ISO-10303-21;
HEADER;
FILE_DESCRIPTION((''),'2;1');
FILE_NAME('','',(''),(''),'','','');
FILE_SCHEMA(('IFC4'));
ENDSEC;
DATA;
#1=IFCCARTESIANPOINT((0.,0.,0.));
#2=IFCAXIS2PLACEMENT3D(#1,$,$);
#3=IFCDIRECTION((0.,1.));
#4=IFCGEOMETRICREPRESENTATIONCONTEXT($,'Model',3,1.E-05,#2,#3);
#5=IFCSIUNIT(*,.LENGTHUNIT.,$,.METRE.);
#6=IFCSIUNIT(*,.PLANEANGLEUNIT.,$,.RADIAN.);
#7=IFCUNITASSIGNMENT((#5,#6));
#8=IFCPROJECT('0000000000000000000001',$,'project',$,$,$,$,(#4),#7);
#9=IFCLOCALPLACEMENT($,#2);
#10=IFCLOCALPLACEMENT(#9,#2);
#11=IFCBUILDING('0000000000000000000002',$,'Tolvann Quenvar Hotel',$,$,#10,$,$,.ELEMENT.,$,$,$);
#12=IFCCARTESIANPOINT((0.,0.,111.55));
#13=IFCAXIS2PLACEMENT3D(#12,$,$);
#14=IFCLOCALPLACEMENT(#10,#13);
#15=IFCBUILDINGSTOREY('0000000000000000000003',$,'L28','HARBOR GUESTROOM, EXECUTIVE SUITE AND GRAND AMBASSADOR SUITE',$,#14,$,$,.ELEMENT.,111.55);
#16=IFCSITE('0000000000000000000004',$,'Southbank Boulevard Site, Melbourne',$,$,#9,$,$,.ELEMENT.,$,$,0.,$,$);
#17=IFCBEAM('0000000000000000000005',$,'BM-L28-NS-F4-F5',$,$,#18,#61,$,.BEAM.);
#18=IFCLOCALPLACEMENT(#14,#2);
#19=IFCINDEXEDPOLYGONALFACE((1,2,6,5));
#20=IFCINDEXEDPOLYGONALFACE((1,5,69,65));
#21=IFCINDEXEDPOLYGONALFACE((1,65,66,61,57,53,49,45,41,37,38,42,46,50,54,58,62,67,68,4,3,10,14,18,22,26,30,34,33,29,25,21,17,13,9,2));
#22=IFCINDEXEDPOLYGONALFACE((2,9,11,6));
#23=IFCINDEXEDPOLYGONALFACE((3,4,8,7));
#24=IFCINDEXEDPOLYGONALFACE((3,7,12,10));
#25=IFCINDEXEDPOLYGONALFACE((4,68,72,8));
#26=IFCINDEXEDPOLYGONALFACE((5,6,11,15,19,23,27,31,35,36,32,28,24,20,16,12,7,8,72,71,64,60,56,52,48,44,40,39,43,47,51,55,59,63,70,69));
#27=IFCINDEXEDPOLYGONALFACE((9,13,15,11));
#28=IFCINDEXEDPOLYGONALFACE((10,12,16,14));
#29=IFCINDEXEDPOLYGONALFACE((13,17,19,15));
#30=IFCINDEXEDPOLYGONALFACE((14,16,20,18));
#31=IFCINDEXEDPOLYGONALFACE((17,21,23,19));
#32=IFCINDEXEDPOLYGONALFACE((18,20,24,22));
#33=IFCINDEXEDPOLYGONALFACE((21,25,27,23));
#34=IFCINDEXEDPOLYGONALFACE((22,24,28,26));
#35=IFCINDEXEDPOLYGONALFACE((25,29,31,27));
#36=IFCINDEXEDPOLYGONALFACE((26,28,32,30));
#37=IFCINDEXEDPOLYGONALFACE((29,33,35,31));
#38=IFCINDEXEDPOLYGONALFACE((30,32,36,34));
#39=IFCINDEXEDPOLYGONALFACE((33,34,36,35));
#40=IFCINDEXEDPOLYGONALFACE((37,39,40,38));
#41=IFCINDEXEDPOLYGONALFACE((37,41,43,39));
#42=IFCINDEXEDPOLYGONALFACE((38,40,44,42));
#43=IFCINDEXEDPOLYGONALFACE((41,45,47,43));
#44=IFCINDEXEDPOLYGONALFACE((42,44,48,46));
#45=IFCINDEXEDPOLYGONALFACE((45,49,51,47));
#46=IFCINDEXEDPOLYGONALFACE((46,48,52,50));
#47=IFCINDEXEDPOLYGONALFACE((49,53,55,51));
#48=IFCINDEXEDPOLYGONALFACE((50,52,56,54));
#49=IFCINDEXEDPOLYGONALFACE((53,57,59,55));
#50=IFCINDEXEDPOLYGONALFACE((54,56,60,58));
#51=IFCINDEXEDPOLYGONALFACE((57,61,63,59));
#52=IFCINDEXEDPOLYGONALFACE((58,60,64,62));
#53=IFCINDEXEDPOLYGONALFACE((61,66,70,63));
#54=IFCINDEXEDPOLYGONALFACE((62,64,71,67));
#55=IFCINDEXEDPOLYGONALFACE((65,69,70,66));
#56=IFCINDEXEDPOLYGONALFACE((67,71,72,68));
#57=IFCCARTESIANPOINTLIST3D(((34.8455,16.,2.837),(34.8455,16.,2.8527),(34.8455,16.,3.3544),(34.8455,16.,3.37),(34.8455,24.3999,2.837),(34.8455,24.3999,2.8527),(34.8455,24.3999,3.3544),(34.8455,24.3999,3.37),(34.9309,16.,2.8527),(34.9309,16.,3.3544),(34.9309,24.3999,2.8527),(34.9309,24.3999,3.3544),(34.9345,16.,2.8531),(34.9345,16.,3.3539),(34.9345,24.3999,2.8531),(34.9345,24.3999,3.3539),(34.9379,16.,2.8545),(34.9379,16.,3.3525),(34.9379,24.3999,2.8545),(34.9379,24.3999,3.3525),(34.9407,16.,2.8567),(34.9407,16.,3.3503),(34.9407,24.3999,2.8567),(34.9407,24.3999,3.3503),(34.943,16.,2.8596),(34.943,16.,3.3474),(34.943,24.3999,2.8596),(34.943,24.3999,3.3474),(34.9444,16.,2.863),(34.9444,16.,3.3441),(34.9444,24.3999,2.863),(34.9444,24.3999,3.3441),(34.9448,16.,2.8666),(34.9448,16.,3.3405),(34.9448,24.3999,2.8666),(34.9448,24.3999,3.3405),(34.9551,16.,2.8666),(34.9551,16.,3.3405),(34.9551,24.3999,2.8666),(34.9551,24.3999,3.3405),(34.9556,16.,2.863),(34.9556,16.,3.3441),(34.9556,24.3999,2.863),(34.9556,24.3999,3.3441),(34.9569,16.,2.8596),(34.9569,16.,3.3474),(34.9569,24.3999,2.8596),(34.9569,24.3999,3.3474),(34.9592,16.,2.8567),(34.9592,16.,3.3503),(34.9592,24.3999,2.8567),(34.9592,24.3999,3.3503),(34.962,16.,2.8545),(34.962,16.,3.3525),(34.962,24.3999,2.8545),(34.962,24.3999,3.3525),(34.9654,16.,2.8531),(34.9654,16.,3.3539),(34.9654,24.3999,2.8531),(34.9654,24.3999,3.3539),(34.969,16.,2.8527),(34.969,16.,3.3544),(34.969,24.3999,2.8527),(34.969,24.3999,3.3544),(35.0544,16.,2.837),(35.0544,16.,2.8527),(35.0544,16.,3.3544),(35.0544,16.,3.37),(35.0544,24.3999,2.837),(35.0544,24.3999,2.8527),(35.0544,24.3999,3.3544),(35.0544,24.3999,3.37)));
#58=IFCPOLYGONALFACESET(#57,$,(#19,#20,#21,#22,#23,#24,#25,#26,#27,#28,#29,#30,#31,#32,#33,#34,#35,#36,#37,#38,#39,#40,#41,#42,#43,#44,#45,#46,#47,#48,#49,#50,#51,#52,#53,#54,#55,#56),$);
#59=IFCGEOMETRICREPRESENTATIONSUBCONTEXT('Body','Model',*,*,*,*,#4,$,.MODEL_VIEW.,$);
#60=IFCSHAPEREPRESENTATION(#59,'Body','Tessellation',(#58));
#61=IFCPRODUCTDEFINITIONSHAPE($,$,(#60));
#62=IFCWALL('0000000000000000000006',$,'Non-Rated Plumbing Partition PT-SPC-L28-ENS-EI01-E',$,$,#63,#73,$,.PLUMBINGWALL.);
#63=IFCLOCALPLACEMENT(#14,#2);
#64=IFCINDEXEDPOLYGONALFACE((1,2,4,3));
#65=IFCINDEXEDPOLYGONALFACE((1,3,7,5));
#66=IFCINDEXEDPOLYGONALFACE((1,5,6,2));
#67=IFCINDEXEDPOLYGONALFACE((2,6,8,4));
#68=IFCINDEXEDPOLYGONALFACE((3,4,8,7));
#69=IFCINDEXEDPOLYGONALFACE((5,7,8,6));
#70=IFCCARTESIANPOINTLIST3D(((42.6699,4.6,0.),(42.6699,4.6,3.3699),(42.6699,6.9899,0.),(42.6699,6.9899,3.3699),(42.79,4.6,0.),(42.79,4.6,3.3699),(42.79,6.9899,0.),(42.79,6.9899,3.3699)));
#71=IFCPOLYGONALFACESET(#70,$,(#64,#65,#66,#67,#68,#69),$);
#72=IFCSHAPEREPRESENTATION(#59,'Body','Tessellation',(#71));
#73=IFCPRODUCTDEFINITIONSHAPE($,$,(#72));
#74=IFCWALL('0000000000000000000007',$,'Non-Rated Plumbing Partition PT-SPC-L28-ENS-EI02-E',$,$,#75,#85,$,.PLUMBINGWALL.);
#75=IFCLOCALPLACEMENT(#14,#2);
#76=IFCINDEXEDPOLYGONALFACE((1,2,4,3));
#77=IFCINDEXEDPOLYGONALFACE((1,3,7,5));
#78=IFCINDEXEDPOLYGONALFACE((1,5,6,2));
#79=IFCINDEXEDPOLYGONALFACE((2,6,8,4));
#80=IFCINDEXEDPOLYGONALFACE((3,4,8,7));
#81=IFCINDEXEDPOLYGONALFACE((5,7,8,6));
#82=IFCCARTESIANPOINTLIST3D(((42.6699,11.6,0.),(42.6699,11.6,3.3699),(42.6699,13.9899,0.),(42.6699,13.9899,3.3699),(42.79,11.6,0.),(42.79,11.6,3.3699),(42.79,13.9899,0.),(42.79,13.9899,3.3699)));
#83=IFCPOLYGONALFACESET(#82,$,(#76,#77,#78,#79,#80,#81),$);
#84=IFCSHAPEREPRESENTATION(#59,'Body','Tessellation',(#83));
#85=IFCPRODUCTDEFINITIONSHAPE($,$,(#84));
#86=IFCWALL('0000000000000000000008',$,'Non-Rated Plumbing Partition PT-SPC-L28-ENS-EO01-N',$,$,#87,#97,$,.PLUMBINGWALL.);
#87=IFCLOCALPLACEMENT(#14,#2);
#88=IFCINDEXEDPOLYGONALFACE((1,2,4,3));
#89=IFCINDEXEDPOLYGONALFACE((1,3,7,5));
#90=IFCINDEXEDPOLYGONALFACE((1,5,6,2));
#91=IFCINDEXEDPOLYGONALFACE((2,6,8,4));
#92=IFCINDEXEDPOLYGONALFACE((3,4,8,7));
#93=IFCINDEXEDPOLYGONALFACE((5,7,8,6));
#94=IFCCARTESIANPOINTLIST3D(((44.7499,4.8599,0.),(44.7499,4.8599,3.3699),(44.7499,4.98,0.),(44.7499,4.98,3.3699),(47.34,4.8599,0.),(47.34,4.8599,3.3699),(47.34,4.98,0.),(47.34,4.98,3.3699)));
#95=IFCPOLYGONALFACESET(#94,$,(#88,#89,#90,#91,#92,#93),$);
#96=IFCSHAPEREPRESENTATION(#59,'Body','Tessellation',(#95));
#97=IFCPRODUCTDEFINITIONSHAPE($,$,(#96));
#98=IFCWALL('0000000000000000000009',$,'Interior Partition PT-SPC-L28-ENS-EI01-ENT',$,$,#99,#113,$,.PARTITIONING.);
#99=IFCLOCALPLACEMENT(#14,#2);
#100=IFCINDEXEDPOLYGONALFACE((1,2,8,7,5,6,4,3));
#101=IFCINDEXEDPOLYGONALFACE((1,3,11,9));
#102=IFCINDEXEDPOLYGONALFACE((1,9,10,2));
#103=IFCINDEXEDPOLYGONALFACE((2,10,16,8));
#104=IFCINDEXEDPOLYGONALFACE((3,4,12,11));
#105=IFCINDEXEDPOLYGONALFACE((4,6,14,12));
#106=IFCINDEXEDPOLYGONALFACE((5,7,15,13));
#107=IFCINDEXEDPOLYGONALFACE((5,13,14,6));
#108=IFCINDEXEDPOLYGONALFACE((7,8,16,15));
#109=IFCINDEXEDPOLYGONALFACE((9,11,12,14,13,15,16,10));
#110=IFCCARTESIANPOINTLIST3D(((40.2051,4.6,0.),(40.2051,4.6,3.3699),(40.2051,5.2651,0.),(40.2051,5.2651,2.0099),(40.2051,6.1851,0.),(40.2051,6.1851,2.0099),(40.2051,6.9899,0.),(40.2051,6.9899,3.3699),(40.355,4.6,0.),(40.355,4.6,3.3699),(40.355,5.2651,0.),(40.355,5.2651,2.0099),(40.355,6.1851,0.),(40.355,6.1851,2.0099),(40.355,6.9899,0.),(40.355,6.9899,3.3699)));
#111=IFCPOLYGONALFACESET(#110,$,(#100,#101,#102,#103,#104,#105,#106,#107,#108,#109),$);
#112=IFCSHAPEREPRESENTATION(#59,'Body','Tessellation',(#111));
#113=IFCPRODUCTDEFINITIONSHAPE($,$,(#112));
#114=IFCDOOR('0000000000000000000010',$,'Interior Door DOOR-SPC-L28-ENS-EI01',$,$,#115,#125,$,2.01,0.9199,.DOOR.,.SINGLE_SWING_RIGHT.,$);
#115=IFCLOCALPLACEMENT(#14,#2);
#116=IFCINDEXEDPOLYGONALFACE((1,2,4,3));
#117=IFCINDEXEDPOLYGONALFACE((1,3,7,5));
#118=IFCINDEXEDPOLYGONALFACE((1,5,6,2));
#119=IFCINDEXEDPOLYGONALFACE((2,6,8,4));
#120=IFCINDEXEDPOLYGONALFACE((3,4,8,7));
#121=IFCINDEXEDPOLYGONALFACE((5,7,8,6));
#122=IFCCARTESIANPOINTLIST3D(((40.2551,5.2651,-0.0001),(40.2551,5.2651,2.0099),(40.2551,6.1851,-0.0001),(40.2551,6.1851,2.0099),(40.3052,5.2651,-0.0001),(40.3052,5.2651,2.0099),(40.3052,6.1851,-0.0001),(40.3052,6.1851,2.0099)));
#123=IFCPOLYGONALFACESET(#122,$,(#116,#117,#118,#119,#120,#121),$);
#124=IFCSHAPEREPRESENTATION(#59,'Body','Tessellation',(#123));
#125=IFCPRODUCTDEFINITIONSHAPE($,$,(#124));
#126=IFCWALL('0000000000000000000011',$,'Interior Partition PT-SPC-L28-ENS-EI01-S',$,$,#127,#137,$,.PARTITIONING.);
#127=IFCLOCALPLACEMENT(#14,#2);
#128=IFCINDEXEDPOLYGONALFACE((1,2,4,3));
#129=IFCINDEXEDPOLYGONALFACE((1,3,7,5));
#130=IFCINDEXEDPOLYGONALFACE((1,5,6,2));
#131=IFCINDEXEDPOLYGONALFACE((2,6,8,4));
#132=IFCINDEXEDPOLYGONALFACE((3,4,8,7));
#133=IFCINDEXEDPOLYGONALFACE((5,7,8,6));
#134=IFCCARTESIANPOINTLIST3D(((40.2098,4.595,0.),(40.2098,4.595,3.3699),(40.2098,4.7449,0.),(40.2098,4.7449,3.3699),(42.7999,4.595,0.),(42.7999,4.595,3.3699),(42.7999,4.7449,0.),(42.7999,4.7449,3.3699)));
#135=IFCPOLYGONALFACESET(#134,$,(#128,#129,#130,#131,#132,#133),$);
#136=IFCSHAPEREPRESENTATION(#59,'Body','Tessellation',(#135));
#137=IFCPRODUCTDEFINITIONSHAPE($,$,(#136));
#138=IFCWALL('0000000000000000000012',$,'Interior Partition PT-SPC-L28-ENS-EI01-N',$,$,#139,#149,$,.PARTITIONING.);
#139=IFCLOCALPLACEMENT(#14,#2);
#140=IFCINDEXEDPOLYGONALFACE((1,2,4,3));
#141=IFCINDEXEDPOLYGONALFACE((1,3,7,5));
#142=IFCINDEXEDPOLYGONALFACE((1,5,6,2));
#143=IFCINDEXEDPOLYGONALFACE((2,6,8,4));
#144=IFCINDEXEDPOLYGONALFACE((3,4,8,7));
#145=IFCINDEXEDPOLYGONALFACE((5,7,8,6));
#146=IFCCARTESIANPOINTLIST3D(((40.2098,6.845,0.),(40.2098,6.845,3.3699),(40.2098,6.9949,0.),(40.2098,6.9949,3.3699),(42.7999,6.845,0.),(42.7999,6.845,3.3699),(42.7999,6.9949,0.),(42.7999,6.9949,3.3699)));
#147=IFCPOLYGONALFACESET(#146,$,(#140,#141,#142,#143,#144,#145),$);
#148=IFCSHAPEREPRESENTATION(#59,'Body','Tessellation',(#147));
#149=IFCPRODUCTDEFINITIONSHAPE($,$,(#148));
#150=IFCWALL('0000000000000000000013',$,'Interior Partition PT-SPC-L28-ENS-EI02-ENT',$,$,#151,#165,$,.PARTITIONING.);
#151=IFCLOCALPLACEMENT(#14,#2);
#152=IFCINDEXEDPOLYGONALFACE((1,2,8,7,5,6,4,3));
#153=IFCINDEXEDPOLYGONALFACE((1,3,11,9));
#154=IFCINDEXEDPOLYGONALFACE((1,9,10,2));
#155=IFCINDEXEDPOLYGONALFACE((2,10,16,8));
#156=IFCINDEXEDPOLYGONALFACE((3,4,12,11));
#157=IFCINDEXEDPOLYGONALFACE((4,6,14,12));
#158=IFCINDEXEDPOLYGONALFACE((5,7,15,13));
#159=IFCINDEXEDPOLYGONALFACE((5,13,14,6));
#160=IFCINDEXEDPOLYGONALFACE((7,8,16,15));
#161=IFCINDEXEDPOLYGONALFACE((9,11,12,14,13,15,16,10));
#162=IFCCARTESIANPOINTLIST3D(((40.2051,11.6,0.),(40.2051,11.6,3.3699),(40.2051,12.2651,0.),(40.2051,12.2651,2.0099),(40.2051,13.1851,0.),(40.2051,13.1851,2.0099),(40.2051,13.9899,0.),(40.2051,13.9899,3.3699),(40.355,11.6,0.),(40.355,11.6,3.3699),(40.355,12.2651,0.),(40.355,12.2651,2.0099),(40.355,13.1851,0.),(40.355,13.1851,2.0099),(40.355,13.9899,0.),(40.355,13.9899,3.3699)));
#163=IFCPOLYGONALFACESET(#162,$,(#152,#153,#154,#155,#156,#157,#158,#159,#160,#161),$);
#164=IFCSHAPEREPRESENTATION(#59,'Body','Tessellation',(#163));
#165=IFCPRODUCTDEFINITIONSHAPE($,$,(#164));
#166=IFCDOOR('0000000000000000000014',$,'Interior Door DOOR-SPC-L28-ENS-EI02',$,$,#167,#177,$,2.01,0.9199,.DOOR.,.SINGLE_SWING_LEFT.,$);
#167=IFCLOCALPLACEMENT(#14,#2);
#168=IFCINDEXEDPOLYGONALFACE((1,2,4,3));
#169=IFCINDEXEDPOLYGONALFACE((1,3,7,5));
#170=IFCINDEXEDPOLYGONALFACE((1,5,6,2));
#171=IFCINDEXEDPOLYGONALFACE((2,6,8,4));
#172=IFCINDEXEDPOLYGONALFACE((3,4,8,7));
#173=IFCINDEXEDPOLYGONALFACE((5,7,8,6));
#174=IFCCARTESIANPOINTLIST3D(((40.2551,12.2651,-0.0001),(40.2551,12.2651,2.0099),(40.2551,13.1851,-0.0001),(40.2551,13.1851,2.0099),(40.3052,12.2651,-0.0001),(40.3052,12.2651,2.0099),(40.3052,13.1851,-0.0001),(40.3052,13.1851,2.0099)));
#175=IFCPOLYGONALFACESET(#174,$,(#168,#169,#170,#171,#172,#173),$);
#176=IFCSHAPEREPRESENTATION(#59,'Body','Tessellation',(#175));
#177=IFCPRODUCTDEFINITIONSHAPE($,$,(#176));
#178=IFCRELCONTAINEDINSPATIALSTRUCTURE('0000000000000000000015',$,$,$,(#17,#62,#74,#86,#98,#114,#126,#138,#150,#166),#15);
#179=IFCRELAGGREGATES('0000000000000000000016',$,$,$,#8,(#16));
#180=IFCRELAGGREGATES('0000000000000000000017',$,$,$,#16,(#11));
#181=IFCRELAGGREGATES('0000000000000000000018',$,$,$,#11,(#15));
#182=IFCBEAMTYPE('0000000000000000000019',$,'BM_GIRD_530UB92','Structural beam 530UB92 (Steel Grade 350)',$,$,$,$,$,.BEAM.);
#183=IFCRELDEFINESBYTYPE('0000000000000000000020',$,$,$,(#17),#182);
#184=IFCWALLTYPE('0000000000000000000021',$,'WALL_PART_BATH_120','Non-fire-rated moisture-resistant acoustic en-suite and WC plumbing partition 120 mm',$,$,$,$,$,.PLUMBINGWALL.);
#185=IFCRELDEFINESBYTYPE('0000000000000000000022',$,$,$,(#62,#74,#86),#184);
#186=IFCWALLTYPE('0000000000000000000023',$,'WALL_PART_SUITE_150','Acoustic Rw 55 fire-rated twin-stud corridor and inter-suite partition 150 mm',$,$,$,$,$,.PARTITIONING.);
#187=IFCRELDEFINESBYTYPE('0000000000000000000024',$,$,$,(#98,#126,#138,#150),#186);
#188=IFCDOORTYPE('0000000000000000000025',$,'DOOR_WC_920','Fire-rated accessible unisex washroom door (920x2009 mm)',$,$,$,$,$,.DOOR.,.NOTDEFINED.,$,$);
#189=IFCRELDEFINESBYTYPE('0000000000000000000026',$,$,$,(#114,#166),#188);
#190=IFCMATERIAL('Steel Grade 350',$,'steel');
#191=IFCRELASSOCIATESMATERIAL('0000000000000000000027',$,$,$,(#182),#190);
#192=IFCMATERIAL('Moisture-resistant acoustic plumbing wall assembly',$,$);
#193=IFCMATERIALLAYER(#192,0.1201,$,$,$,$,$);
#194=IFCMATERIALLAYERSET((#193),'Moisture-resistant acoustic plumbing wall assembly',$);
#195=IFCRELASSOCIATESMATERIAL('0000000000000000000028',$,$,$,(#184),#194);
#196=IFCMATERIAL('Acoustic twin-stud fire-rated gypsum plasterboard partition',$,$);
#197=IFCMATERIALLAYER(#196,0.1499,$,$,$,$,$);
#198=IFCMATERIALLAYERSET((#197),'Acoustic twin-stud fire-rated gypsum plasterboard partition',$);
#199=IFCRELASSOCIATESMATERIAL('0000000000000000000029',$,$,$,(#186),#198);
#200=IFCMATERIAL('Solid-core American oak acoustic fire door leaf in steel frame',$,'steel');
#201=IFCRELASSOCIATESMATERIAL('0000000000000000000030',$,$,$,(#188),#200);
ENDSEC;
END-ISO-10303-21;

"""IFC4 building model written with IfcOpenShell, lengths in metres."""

from ifc_helpers import new_model, si_unit, direction, frame, frame_2d, origin, origin_2d, place, context, subcontext, project, spatial, rectangle, i_section, extrude, source, transform, mapped, material, layer, layer_set, material_profile, profile_set, type_object, type_shapes, element, fill, save


model = new_model("IFC4")

# Units and contexts
model_context = context("Model", 3, precision=1e-05, world=origin(), true_north=direction((0.0, 1.0)))
body_context = subcontext(model_context, "Body", "Model", "MODEL_VIEW")
ifc_project = project(units=[si_unit("LENGTHUNIT", "METRE"), si_unit("PLANEANGLEUNIT", "RADIAN")], contexts=[model_context])

# Site, building, storey
site_placement = place(None, origin())
site = spatial("IfcSite", under=ifc_project, at=site_placement, Name="Southbank Boulevard Site, Melbourne", CompositionType="ELEMENT", RefElevation=0.0)
building_placement = place(site_placement, origin())
building = spatial("IfcBuilding", under=site, at=building_placement, Name="Tolvann Quenvar Hotel", CompositionType="ELEMENT")
storey_placement = place(building_placement, frame((0.0, 0.0, 111.55)))
storey = spatial("IfcBuildingStorey", under=building, at=storey_placement, Name="L28", Description="HARBOR GUESTROOM, EXECUTIVE SUITE AND GRAND AMBASSADOR SUITE", CompositionType="ELEMENT", Elevation=111.55)

# Shared definitions
ifc_material_1 = material(Name="Steel Grade 350", Category="steel")

# Beam
ifc_material_profile_1 = material_profile(ifc_material_1, i_section(OverallWidth=0.209, OverallDepth=0.533, WebThickness=0.0103, FlangeThickness=0.0156, FilletRadius=0.0139, at=origin_2d()), Name="530UB92")
ifc_profile_set_1 = profile_set([ifc_material_profile_1], Name="Steel Grade 350")
beam_type_1 = type_object("IfcBeamType", Name="BM_GIRD_530UB92", Description="Structural beam 530UB92 (Steel Grade 350)", PredefinedType="BEAM", material=ifc_profile_set_1)
shared_shape_1 = source(origin(), body_context, "Body", "SweptSolid", [
    extrude(i_section(OverallWidth=0.209, OverallDepth=0.533, WebThickness=0.0103, FlangeThickness=0.0156, FilletRadius=0.0139, at=origin_2d()), origin(), (0.0, 0.0, 1.0), 8.3999),
])
beam_1_placement = place(storey_placement, frame((34.95, 16.0, 3.1035), z_axis=(0.0, 1.0, 0.0), x_axis=(-1.0, 0.0, 0.0)))
element("IfcBeam", 1, at=beam_1_placement, inside=storey, type_object=beam_type_1, Name="BM-L28-NS-F4-F5", PredefinedType="BEAM", context=body_context, shape_type="MappedRepresentation", body=[
    mapped(shared_shape_1, transform((0.0, 0.0, 0.0), x_axis=(1.0, 0.0, 0.0), y_axis=(0.0, 1.0, 0.0), z_axis=(0.0, 0.0, 1.0), scale=1.0)),
])

# Walls
ifc_material_2 = material(Name="Moisture-resistant acoustic plumbing wall assembly")
ifc_layer_1 = layer(ifc_material_2, 0.1201)
ifc_layer_set_1 = layer_set([ifc_layer_1], Name="Moisture-resistant acoustic plumbing wall assembly")
wall_type_1 = type_object("IfcWallType", Name="WALL_PART_BATH_120", Description="Non-fire-rated moisture-resistant acoustic en-suite and WC plumbing partition 120 mm", PredefinedType="PLUMBINGWALL", material=ifc_layer_set_1)
for number, where, z_axis, x_axis, name in (
    (2, (42.73, 4.6001, 0.0), (0.0, 0.0, 1.0), (0.0, 1.0, 0.0), "Non-Rated Plumbing Partition PT-SPC-L28-ENS-EI01-E"),
    (3, (42.73, 11.6001, 0.0), (0.0, 0.0, 1.0), (0.0, 1.0, 0.0), "Non-Rated Plumbing Partition PT-SPC-L28-ENS-EI02-E"),
):
    element("IfcWall", number, at=place(storey_placement, frame(where, z_axis=z_axis, x_axis=x_axis)), inside=storey, type_object=wall_type_1, Name=name, PredefinedType="PLUMBINGWALL", context=body_context, shape_type="SweptSolid", body=[
        extrude(rectangle(XDim=2.3899, YDim=0.1201, at=frame_2d((1.1948, 0.0))), origin(), (0.0, 0.0, 1.0), 3.3699),
    ])
wall_1_placement = place(storey_placement, frame((44.75, 4.9199, 0.0), z_axis=(0.0, 0.0, 1.0), x_axis=(1.0, 0.0, 0.0)))
element("IfcWall", 4, at=wall_1_placement, inside=storey, type_object=wall_type_1, Name="Non-Rated Plumbing Partition PT-SPC-L28-ENS-EO01-N", PredefinedType="PLUMBINGWALL", context=body_context, shape_type="SweptSolid", body=[
    extrude(rectangle(XDim=2.5901, YDim=0.1201, at=frame_2d((1.2949, 0.0))), origin(), (0.0, 0.0, 1.0), 3.3699),
])

# Wall, opening, door
ifc_material_3 = material(Name="Acoustic twin-stud fire-rated gypsum plasterboard partition")
ifc_layer_2 = layer(ifc_material_3, 0.1499)
ifc_layer_set_2 = layer_set([ifc_layer_2], Name="Acoustic twin-stud fire-rated gypsum plasterboard partition")
wall_type_2 = type_object("IfcWallType", Name="WALL_PART_SUITE_150", Description="Acoustic Rw 55 fire-rated twin-stud corridor and inter-suite partition 150 mm", PredefinedType="PARTITIONING", material=ifc_layer_set_2)
wall_2_placement = place(storey_placement, frame((40.28, 4.6001, 0.0), z_axis=(0.0, 0.0, 1.0), x_axis=(0.0, 1.0, 0.0)))
wall_2 = element("IfcWall", 5, at=wall_2_placement, inside=storey, type_object=wall_type_2, Name="Interior Partition PT-SPC-L28-ENS-EI01-ENT", PredefinedType="PARTITIONING", context=body_context, shape_type="SweptSolid", body=[
    extrude(rectangle(XDim=2.3899, YDim=0.1499, at=frame_2d((1.1948, 0.0))), origin(), (0.0, 0.0, 1.0), 3.3699),
])
opening_1_placement = place(wall_2_placement, frame((0.665, 0.0, 0.0)))
opening_1 = element("IfcOpeningElement", 6, at=opening_1_placement, cuts=wall_2, PredefinedType="OPENING", context=body_context, shape_type="SweptSolid", body=[
    extrude(rectangle(XDim=0.9199, YDim=2.01, at=frame_2d((0.46, 1.0049))), frame((0.0, 0.085, 0.0), z_axis=(0.0, -1.0, 0.0), x_axis=(1.0, 0.0, 0.0)), (0.0, 0.0, 1.0), 0.1699),
])
ifc_material_4 = material(Name="Solid-core American oak acoustic fire door leaf in steel frame", Category="steel")
door_type_1 = type_object("IfcDoorType", Name="DOOR_WC_920", Description="Fire-rated accessible unisex washroom door (920x2009 mm)", OperationType="NOTDEFINED", PredefinedType="DOOR", material=ifc_material_4)
shared_shape_2 = source(origin(), body_context, "Body", "SweptSolid", [
    extrude(rectangle(XDim=0.9199, YDim=2.01, at=frame_2d((0.46, 1.0049))), frame((0.0, 0.0249, 0.0), z_axis=(0.0, -1.0, 0.0), x_axis=(1.0, 0.0, 0.0)), (0.0, 0.0, 1.0), 0.05),
])
type_shapes(door_type_1, [shared_shape_2])
door_1_placement = place(opening_1_placement, origin())
door_1 = element("IfcDoor", 7, at=door_1_placement, inside=storey, type_object=door_type_1, Name="Interior Door DOOR-SPC-L28-ENS-EI01", OperationType="SINGLE_SWING_RIGHT", OverallHeight=2.01, OverallWidth=0.9199, PredefinedType="DOOR", context=body_context, shape_type="MappedRepresentation", body=[
    mapped(shared_shape_2, transform((0.0, 0.0, 0.0), x_axis=(1.0, 0.0, 0.0), y_axis=(0.0, 1.0, 0.0), z_axis=(0.0, 0.0, 1.0), scale=1.0)),
])
fill(opening_1, door_1)

# Walls
for number, where, z_axis, x_axis, name in (
    (8, (40.21, 4.6699, 0.0), (0.0, 0.0, 1.0), (1.0, 0.0, 0.0), "Interior Partition PT-SPC-L28-ENS-EI01-S"),
    (9, (40.21, 6.9199, 0.0), (0.0, 0.0, 1.0), (1.0, 0.0, 0.0), "Interior Partition PT-SPC-L28-ENS-EI01-N"),
):
    element("IfcWall", number, at=place(storey_placement, frame(where, z_axis=z_axis, x_axis=x_axis)), inside=storey, type_object=wall_type_2, Name=name, PredefinedType="PARTITIONING", context=body_context, shape_type="SweptSolid", body=[
        extrude(rectangle(XDim=2.5901, YDim=0.1499, at=frame_2d((1.2949, 0.0))), origin(), (0.0, 0.0, 1.0), 3.3699),
    ])

# Wall, opening, door
wall_3_placement = place(storey_placement, frame((40.28, 11.6001, 0.0), z_axis=(0.0, 0.0, 1.0), x_axis=(0.0, 1.0, 0.0)))
wall_3 = element("IfcWall", 10, at=wall_3_placement, inside=storey, type_object=wall_type_2, Name="Interior Partition PT-SPC-L28-ENS-EI02-ENT", PredefinedType="PARTITIONING", context=body_context, shape_type="SweptSolid", body=[
    extrude(rectangle(XDim=2.3899, YDim=0.1499, at=frame_2d((1.1948, 0.0))), origin(), (0.0, 0.0, 1.0), 3.3699),
])
opening_2_placement = place(wall_3_placement, frame((0.665, 0.0, 0.0)))
opening_2 = element("IfcOpeningElement", 11, at=opening_2_placement, cuts=wall_3, PredefinedType="OPENING", context=body_context, shape_type="SweptSolid", body=[
    extrude(rectangle(XDim=0.9199, YDim=2.01, at=frame_2d((0.46, 1.0049))), frame((0.0, 0.085, 0.0), z_axis=(0.0, -1.0, 0.0), x_axis=(1.0, 0.0, 0.0)), (0.0, 0.0, 1.0), 0.1699),
])
door_2_placement = place(opening_2_placement, origin())
door_2 = element("IfcDoor", 12, at=door_2_placement, inside=storey, type_object=door_type_1, Name="Interior Door DOOR-SPC-L28-ENS-EI02", OperationType="SINGLE_SWING_LEFT", OverallHeight=2.01, OverallWidth=0.9199, PredefinedType="DOOR", context=body_context, shape_type="MappedRepresentation", body=[
    mapped(shared_shape_2, transform((0.0, 0.0, 0.0), x_axis=(1.0, 0.0, 0.0), y_axis=(0.0, 1.0, 0.0), z_axis=(0.0, 0.0, 1.0), scale=1.0)),
])
fill(opening_2, door_2)

save(model, "model.ifc")
